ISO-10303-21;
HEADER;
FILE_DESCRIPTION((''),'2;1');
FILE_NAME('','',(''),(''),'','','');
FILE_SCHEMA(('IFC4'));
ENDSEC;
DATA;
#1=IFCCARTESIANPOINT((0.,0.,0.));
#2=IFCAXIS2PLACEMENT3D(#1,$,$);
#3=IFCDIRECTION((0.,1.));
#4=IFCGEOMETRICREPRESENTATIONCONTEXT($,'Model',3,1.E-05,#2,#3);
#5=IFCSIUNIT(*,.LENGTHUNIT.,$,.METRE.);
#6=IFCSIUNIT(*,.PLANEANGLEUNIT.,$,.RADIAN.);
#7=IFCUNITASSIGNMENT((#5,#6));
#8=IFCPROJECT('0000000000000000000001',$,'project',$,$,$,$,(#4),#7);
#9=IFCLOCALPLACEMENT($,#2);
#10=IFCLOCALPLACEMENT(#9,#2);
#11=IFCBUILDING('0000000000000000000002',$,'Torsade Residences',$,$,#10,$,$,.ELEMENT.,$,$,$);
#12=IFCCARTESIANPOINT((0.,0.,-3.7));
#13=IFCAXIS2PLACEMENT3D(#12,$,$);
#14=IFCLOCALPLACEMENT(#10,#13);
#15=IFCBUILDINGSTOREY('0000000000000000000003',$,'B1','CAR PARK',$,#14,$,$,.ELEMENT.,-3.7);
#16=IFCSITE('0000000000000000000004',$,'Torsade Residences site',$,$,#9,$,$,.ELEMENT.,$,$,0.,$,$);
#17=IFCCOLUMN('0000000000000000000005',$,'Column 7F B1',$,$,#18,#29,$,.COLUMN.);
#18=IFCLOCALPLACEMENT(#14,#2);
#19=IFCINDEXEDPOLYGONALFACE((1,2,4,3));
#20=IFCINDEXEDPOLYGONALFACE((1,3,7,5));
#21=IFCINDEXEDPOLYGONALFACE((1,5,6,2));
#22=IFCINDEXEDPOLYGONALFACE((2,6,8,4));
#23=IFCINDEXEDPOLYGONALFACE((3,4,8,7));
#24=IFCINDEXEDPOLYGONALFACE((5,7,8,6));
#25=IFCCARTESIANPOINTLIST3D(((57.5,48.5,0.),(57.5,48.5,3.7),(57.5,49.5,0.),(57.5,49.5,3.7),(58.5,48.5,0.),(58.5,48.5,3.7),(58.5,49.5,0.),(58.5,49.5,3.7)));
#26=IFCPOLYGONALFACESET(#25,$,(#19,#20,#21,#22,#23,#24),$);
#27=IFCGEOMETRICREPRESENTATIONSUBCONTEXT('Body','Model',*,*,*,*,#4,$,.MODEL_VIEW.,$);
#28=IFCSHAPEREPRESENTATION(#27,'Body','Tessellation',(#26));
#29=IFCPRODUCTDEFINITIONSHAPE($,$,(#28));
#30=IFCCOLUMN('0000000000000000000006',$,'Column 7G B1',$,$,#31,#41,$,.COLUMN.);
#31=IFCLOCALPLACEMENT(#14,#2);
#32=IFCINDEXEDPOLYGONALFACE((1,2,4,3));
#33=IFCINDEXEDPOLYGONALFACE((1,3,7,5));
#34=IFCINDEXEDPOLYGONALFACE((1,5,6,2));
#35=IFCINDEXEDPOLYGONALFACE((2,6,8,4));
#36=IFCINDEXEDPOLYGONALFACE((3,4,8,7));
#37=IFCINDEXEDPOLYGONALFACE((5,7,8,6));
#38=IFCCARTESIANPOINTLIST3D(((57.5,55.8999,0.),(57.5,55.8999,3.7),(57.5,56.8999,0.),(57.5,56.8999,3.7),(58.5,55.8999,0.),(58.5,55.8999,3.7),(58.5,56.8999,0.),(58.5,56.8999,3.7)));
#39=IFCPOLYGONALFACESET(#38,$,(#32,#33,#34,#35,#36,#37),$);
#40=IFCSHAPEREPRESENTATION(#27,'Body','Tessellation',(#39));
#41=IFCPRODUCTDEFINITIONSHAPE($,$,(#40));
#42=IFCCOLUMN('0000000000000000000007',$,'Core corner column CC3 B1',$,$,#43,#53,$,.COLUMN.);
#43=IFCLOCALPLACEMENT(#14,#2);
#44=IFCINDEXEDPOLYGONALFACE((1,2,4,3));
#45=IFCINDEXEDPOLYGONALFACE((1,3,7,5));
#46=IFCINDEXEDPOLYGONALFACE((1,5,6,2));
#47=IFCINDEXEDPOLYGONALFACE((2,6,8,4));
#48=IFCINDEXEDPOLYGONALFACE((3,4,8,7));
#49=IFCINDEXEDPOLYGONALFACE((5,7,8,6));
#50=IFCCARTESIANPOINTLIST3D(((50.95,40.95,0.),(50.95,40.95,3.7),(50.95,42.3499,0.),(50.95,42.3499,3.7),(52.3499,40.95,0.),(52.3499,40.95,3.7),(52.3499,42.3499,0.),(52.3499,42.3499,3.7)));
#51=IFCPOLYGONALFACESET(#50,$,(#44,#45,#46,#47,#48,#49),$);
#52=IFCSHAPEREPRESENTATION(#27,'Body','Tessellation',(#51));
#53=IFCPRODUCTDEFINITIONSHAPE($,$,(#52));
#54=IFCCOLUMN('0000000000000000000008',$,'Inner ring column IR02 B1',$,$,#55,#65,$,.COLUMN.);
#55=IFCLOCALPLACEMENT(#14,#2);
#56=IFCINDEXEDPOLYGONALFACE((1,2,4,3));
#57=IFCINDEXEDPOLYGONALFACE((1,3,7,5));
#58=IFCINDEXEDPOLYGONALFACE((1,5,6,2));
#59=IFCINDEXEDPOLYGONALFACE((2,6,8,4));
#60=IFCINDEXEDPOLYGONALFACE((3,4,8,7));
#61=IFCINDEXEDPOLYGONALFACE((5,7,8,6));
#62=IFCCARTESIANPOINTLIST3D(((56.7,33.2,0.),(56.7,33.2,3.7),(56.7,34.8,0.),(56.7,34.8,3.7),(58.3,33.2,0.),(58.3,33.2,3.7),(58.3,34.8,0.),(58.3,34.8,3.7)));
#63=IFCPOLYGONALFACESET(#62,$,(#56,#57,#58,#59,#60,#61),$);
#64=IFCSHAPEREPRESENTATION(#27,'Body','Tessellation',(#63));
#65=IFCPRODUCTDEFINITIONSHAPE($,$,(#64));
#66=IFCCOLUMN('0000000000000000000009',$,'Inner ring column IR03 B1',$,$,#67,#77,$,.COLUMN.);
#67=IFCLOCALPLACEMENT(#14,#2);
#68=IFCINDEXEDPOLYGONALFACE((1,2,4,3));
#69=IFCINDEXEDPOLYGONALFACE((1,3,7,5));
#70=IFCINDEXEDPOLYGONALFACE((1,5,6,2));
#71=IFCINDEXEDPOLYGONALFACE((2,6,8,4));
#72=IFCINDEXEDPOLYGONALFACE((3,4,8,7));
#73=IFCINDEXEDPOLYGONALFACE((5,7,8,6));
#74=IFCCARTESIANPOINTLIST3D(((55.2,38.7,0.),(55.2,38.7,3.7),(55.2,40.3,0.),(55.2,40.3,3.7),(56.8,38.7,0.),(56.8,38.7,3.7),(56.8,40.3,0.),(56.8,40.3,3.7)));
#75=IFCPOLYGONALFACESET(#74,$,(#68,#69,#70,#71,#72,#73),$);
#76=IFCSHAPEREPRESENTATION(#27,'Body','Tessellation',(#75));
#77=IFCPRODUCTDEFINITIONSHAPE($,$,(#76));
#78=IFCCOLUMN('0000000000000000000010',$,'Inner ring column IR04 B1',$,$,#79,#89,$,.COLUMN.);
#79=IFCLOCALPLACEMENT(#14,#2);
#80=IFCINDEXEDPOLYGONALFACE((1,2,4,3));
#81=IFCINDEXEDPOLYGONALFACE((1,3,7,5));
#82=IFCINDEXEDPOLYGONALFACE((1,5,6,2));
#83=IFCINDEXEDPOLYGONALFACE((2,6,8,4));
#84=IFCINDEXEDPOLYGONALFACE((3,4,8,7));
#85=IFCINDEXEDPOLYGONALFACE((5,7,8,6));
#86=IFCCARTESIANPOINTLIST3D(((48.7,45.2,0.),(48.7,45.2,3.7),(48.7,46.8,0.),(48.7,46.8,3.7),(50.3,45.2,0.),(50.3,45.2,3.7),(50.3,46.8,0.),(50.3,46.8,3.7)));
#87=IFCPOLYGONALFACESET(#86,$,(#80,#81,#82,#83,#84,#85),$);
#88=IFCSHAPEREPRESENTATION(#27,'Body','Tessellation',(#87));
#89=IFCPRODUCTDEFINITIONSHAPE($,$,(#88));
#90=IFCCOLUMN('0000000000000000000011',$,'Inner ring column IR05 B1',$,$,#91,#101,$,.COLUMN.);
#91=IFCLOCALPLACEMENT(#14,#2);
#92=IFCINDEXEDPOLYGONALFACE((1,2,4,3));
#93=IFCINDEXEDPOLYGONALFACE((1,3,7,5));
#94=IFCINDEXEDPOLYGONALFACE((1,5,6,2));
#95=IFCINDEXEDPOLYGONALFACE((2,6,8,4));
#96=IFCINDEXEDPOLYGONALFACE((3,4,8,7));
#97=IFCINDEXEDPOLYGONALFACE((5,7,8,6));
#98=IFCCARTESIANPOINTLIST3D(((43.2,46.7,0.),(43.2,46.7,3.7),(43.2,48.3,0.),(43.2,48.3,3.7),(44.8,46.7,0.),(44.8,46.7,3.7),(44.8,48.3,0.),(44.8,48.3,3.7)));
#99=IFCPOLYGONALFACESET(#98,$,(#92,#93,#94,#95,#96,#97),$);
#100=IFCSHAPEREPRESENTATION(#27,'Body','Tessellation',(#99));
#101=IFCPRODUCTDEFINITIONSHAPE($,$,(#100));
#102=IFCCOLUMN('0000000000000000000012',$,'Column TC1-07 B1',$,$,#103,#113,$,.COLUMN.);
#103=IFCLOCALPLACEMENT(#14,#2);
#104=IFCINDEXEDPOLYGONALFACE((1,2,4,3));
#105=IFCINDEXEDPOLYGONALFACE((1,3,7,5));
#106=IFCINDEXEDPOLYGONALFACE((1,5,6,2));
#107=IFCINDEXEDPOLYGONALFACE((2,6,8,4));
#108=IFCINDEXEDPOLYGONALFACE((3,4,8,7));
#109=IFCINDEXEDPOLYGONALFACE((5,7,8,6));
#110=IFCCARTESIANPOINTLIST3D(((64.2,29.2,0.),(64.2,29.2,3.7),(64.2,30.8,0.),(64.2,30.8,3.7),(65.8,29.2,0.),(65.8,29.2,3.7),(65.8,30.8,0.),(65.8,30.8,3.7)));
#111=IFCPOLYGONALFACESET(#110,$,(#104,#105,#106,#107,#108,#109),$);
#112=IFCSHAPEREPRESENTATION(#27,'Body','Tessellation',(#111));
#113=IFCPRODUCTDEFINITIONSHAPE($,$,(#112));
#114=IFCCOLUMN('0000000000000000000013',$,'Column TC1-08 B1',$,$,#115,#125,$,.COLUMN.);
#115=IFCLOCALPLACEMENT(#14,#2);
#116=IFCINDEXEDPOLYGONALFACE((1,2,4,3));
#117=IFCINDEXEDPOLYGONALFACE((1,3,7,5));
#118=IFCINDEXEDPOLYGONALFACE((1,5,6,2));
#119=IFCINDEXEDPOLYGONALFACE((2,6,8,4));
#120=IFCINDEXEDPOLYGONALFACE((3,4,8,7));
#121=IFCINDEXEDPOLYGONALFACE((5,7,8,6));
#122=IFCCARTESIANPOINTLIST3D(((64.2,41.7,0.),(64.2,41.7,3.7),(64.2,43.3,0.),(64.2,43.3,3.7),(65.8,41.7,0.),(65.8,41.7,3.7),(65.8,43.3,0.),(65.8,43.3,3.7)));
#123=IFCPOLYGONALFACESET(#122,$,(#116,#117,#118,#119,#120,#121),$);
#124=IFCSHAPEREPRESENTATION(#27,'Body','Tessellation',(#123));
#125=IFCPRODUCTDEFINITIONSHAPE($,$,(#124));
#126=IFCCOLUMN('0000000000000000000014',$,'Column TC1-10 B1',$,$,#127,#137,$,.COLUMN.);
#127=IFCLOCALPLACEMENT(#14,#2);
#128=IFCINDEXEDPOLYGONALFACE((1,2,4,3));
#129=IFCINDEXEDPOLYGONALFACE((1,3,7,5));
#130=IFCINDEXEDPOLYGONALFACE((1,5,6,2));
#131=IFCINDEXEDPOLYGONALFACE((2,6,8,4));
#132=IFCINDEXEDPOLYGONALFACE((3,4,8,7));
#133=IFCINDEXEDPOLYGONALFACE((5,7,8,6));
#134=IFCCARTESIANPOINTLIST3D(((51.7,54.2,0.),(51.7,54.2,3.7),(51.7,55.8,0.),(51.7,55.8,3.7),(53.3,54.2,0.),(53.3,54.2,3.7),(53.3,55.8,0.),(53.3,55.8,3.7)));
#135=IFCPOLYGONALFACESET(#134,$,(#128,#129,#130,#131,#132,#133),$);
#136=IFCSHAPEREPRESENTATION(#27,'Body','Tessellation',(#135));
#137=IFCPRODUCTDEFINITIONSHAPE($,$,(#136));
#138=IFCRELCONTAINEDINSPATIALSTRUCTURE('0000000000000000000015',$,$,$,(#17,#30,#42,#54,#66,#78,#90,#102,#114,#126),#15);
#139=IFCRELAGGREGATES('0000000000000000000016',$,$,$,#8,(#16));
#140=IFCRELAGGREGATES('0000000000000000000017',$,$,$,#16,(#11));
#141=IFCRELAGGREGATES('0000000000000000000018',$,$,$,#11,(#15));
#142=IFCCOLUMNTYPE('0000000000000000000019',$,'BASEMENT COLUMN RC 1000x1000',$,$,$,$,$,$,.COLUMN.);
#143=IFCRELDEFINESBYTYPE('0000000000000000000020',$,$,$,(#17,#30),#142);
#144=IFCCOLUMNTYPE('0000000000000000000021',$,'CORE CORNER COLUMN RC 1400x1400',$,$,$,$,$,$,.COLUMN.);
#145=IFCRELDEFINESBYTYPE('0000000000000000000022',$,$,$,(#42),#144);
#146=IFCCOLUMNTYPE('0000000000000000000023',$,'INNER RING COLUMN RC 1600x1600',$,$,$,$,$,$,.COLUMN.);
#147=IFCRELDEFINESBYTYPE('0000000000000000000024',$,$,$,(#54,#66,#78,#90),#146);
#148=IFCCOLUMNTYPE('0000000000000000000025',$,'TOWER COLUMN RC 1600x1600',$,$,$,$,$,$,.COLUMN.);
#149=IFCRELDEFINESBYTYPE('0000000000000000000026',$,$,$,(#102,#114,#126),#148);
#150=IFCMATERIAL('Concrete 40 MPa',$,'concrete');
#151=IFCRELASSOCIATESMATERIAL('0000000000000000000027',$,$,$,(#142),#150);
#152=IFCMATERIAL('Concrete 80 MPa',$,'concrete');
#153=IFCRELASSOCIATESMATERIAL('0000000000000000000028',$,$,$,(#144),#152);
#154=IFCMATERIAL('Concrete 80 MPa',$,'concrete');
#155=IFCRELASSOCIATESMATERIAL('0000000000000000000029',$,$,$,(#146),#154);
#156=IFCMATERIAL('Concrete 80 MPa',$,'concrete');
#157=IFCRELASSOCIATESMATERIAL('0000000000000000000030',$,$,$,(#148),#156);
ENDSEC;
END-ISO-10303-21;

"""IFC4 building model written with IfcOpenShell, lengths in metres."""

from ifc_helpers import new_model, si_unit, direction, frame, origin, origin_2d, place, context, subcontext, project, spatial, rectangle, extrude, material, material_profile, profile_set, type_object, element, save


model = new_model("IFC4")

# Units and contexts
model_context = context("Model", 3, precision=1e-05, world=origin(), true_north=direction((0.0, 1.0)))
body_context = subcontext(model_context, "Body", "Model", "MODEL_VIEW")
ifc_project = project(units=[si_unit("LENGTHUNIT", "METRE"), si_unit("PLANEANGLEUNIT", "RADIAN")], contexts=[model_context])

# Site, building, storey
site_placement = place(None, origin())
site = spatial("IfcSite", under=ifc_project, at=site_placement, Name="Torsade Residences site", CompositionType="ELEMENT", RefElevation=0.0)
building_placement = place(site_placement, origin())
building = spatial("IfcBuilding", under=site, at=building_placement, Name="Torsade Residences", CompositionType="ELEMENT")
storey_placement = place(building_placement, frame((0.0, 0.0, -3.7)))
storey = spatial("IfcBuildingStorey", under=building, at=storey_placement, Name="B1", Description="CAR PARK", CompositionType="ELEMENT", Elevation=-3.7)

# Columns
ifc_material_1 = material(Name="Concrete 40 MPa", Category="concrete")
ifc_material_profile_1 = material_profile(ifc_material_1, rectangle(XDim=1.0, YDim=1.0, at=origin_2d()), Name="RC 1000x1000")
ifc_profile_set_1 = profile_set([ifc_material_profile_1], Name="Concrete 40 MPa")
column_type_1 = type_object("IfcColumnType", Name="BASEMENT COLUMN RC 1000x1000", PredefinedType="COLUMN", material=ifc_profile_set_1)
for number, where, z_axis, x_axis, name in (
    (1, (58.0, 49.0, 0.0), (0.0, 0.0, 1.0), (1.0, 0.0, 0.0), "Column 7F B1"),
    (2, (58.0, 56.3999, 0.0), (0.0, 0.0, 1.0), (1.0, 0.0, 0.0), "Column 7G B1"),
):
    element("IfcColumn", number, at=place(storey_placement, frame(where, z_axis=z_axis, x_axis=x_axis)), inside=storey, type_object=column_type_1, Name=name, PredefinedType="COLUMN", context=body_context, shape_type="SweptSolid", body=[
        extrude(rectangle(XDim=1.0, YDim=1.0, at=origin_2d()), origin(), (0.0, 0.0, 1.0), 3.7),
    ])
ifc_material_2 = material(Name="Concrete 80 MPa", Category="concrete")
ifc_material_profile_2 = material_profile(ifc_material_2, rectangle(XDim=1.3999, YDim=1.3999, at=origin_2d()), Name="RC 1400x1400")
ifc_profile_set_2 = profile_set([ifc_material_profile_2], Name="Concrete 80 MPa")
column_type_2 = type_object("IfcColumnType", Name="CORE CORNER COLUMN RC 1400x1400", PredefinedType="COLUMN", material=ifc_profile_set_2)
column_placement = place(storey_placement, frame((51.6499, 41.6499, 0.0), z_axis=(0.0, 0.0, 1.0), x_axis=(1.0, 0.0, 0.0)))
element("IfcColumn", 3, at=column_placement, inside=storey, type_object=column_type_2, Name="Core corner column CC3 B1", PredefinedType="COLUMN", context=body_context, shape_type="SweptSolid", body=[
    extrude(rectangle(XDim=1.3999, YDim=1.3999, at=origin_2d()), origin(), (0.0, 0.0, 1.0), 3.7),
])
ifc_material_3 = material(Name="Concrete 80 MPa", Category="concrete")
ifc_material_profile_3 = material_profile(ifc_material_3, rectangle(XDim=1.6001, YDim=1.6001, at=origin_2d()), Name="RC 1600x1600")
ifc_profile_set_3 = profile_set([ifc_material_profile_3], Name="Concrete 80 MPa")
column_type_3 = type_object("IfcColumnType", Name="INNER RING COLUMN RC 1600x1600", PredefinedType="COLUMN", material=ifc_profile_set_3)
for number, where, z_axis, x_axis, name in (
    (4, (57.5, 34.0, 0.0), (0.0, 0.0, 1.0), (1.0, 0.0, 0.0), "Inner ring column IR02 B1"),
    (5, (56.0, 39.5, 0.0), (0.0, 0.0, 1.0), (1.0, 0.0, 0.0), "Inner ring column IR03 B1"),
    (6, (49.5, 46.0, 0.0), (0.0, 0.0, 1.0), (1.0, 0.0, 0.0), "Inner ring column IR04 B1"),
    (7, (44.0, 47.5, 0.0), (0.0, 0.0, 1.0), (1.0, 0.0, 0.0), "Inner ring column IR05 B1"),
):
    element("IfcColumn", number, at=place(storey_placement, frame(where, z_axis=z_axis, x_axis=x_axis)), inside=storey, type_object=column_type_3, Name=name, PredefinedType="COLUMN", context=body_context, shape_type="SweptSolid", body=[
        extrude(rectangle(XDim=1.6001, YDim=1.6001, at=origin_2d()), origin(), (0.0, 0.0, 1.0), 3.7),
    ])
ifc_material_4 = material(Name="Concrete 80 MPa", Category="concrete")
ifc_material_profile_4 = material_profile(ifc_material_4, rectangle(XDim=1.6001, YDim=1.6001, at=origin_2d()), Name="RC 1600x1600")
ifc_profile_set_4 = profile_set([ifc_material_profile_4], Name="Concrete 80 MPa")
column_type_4 = type_object("IfcColumnType", Name="TOWER COLUMN RC 1600x1600", PredefinedType="COLUMN", material=ifc_profile_set_4)
for number, where, z_axis, x_axis, name in (
    (8, (65.0, 30.0, 0.0), (0.0, 0.0, 1.0), (1.0, 0.0, 0.0), "Column TC1-07 B1"),
    (9, (65.0, 42.5, 0.0), (0.0, 0.0, 1.0), (1.0, 0.0, 0.0), "Column TC1-08 B1"),
    (10, (52.5, 55.0, 0.0), (0.0, 0.0, 1.0), (1.0, 0.0, 0.0), "Column TC1-10 B1"),
):
    element("IfcColumn", number, at=place(storey_placement, frame(where, z_axis=z_axis, x_axis=x_axis)), inside=storey, type_object=column_type_4, Name=name, PredefinedType="COLUMN", context=body_context, shape_type="SweptSolid", body=[
        extrude(rectangle(XDim=1.6001, YDim=1.6001, at=origin_2d()), origin(), (0.0, 0.0, 1.0), 3.7),
    ])

save(model, "model.ifc")
